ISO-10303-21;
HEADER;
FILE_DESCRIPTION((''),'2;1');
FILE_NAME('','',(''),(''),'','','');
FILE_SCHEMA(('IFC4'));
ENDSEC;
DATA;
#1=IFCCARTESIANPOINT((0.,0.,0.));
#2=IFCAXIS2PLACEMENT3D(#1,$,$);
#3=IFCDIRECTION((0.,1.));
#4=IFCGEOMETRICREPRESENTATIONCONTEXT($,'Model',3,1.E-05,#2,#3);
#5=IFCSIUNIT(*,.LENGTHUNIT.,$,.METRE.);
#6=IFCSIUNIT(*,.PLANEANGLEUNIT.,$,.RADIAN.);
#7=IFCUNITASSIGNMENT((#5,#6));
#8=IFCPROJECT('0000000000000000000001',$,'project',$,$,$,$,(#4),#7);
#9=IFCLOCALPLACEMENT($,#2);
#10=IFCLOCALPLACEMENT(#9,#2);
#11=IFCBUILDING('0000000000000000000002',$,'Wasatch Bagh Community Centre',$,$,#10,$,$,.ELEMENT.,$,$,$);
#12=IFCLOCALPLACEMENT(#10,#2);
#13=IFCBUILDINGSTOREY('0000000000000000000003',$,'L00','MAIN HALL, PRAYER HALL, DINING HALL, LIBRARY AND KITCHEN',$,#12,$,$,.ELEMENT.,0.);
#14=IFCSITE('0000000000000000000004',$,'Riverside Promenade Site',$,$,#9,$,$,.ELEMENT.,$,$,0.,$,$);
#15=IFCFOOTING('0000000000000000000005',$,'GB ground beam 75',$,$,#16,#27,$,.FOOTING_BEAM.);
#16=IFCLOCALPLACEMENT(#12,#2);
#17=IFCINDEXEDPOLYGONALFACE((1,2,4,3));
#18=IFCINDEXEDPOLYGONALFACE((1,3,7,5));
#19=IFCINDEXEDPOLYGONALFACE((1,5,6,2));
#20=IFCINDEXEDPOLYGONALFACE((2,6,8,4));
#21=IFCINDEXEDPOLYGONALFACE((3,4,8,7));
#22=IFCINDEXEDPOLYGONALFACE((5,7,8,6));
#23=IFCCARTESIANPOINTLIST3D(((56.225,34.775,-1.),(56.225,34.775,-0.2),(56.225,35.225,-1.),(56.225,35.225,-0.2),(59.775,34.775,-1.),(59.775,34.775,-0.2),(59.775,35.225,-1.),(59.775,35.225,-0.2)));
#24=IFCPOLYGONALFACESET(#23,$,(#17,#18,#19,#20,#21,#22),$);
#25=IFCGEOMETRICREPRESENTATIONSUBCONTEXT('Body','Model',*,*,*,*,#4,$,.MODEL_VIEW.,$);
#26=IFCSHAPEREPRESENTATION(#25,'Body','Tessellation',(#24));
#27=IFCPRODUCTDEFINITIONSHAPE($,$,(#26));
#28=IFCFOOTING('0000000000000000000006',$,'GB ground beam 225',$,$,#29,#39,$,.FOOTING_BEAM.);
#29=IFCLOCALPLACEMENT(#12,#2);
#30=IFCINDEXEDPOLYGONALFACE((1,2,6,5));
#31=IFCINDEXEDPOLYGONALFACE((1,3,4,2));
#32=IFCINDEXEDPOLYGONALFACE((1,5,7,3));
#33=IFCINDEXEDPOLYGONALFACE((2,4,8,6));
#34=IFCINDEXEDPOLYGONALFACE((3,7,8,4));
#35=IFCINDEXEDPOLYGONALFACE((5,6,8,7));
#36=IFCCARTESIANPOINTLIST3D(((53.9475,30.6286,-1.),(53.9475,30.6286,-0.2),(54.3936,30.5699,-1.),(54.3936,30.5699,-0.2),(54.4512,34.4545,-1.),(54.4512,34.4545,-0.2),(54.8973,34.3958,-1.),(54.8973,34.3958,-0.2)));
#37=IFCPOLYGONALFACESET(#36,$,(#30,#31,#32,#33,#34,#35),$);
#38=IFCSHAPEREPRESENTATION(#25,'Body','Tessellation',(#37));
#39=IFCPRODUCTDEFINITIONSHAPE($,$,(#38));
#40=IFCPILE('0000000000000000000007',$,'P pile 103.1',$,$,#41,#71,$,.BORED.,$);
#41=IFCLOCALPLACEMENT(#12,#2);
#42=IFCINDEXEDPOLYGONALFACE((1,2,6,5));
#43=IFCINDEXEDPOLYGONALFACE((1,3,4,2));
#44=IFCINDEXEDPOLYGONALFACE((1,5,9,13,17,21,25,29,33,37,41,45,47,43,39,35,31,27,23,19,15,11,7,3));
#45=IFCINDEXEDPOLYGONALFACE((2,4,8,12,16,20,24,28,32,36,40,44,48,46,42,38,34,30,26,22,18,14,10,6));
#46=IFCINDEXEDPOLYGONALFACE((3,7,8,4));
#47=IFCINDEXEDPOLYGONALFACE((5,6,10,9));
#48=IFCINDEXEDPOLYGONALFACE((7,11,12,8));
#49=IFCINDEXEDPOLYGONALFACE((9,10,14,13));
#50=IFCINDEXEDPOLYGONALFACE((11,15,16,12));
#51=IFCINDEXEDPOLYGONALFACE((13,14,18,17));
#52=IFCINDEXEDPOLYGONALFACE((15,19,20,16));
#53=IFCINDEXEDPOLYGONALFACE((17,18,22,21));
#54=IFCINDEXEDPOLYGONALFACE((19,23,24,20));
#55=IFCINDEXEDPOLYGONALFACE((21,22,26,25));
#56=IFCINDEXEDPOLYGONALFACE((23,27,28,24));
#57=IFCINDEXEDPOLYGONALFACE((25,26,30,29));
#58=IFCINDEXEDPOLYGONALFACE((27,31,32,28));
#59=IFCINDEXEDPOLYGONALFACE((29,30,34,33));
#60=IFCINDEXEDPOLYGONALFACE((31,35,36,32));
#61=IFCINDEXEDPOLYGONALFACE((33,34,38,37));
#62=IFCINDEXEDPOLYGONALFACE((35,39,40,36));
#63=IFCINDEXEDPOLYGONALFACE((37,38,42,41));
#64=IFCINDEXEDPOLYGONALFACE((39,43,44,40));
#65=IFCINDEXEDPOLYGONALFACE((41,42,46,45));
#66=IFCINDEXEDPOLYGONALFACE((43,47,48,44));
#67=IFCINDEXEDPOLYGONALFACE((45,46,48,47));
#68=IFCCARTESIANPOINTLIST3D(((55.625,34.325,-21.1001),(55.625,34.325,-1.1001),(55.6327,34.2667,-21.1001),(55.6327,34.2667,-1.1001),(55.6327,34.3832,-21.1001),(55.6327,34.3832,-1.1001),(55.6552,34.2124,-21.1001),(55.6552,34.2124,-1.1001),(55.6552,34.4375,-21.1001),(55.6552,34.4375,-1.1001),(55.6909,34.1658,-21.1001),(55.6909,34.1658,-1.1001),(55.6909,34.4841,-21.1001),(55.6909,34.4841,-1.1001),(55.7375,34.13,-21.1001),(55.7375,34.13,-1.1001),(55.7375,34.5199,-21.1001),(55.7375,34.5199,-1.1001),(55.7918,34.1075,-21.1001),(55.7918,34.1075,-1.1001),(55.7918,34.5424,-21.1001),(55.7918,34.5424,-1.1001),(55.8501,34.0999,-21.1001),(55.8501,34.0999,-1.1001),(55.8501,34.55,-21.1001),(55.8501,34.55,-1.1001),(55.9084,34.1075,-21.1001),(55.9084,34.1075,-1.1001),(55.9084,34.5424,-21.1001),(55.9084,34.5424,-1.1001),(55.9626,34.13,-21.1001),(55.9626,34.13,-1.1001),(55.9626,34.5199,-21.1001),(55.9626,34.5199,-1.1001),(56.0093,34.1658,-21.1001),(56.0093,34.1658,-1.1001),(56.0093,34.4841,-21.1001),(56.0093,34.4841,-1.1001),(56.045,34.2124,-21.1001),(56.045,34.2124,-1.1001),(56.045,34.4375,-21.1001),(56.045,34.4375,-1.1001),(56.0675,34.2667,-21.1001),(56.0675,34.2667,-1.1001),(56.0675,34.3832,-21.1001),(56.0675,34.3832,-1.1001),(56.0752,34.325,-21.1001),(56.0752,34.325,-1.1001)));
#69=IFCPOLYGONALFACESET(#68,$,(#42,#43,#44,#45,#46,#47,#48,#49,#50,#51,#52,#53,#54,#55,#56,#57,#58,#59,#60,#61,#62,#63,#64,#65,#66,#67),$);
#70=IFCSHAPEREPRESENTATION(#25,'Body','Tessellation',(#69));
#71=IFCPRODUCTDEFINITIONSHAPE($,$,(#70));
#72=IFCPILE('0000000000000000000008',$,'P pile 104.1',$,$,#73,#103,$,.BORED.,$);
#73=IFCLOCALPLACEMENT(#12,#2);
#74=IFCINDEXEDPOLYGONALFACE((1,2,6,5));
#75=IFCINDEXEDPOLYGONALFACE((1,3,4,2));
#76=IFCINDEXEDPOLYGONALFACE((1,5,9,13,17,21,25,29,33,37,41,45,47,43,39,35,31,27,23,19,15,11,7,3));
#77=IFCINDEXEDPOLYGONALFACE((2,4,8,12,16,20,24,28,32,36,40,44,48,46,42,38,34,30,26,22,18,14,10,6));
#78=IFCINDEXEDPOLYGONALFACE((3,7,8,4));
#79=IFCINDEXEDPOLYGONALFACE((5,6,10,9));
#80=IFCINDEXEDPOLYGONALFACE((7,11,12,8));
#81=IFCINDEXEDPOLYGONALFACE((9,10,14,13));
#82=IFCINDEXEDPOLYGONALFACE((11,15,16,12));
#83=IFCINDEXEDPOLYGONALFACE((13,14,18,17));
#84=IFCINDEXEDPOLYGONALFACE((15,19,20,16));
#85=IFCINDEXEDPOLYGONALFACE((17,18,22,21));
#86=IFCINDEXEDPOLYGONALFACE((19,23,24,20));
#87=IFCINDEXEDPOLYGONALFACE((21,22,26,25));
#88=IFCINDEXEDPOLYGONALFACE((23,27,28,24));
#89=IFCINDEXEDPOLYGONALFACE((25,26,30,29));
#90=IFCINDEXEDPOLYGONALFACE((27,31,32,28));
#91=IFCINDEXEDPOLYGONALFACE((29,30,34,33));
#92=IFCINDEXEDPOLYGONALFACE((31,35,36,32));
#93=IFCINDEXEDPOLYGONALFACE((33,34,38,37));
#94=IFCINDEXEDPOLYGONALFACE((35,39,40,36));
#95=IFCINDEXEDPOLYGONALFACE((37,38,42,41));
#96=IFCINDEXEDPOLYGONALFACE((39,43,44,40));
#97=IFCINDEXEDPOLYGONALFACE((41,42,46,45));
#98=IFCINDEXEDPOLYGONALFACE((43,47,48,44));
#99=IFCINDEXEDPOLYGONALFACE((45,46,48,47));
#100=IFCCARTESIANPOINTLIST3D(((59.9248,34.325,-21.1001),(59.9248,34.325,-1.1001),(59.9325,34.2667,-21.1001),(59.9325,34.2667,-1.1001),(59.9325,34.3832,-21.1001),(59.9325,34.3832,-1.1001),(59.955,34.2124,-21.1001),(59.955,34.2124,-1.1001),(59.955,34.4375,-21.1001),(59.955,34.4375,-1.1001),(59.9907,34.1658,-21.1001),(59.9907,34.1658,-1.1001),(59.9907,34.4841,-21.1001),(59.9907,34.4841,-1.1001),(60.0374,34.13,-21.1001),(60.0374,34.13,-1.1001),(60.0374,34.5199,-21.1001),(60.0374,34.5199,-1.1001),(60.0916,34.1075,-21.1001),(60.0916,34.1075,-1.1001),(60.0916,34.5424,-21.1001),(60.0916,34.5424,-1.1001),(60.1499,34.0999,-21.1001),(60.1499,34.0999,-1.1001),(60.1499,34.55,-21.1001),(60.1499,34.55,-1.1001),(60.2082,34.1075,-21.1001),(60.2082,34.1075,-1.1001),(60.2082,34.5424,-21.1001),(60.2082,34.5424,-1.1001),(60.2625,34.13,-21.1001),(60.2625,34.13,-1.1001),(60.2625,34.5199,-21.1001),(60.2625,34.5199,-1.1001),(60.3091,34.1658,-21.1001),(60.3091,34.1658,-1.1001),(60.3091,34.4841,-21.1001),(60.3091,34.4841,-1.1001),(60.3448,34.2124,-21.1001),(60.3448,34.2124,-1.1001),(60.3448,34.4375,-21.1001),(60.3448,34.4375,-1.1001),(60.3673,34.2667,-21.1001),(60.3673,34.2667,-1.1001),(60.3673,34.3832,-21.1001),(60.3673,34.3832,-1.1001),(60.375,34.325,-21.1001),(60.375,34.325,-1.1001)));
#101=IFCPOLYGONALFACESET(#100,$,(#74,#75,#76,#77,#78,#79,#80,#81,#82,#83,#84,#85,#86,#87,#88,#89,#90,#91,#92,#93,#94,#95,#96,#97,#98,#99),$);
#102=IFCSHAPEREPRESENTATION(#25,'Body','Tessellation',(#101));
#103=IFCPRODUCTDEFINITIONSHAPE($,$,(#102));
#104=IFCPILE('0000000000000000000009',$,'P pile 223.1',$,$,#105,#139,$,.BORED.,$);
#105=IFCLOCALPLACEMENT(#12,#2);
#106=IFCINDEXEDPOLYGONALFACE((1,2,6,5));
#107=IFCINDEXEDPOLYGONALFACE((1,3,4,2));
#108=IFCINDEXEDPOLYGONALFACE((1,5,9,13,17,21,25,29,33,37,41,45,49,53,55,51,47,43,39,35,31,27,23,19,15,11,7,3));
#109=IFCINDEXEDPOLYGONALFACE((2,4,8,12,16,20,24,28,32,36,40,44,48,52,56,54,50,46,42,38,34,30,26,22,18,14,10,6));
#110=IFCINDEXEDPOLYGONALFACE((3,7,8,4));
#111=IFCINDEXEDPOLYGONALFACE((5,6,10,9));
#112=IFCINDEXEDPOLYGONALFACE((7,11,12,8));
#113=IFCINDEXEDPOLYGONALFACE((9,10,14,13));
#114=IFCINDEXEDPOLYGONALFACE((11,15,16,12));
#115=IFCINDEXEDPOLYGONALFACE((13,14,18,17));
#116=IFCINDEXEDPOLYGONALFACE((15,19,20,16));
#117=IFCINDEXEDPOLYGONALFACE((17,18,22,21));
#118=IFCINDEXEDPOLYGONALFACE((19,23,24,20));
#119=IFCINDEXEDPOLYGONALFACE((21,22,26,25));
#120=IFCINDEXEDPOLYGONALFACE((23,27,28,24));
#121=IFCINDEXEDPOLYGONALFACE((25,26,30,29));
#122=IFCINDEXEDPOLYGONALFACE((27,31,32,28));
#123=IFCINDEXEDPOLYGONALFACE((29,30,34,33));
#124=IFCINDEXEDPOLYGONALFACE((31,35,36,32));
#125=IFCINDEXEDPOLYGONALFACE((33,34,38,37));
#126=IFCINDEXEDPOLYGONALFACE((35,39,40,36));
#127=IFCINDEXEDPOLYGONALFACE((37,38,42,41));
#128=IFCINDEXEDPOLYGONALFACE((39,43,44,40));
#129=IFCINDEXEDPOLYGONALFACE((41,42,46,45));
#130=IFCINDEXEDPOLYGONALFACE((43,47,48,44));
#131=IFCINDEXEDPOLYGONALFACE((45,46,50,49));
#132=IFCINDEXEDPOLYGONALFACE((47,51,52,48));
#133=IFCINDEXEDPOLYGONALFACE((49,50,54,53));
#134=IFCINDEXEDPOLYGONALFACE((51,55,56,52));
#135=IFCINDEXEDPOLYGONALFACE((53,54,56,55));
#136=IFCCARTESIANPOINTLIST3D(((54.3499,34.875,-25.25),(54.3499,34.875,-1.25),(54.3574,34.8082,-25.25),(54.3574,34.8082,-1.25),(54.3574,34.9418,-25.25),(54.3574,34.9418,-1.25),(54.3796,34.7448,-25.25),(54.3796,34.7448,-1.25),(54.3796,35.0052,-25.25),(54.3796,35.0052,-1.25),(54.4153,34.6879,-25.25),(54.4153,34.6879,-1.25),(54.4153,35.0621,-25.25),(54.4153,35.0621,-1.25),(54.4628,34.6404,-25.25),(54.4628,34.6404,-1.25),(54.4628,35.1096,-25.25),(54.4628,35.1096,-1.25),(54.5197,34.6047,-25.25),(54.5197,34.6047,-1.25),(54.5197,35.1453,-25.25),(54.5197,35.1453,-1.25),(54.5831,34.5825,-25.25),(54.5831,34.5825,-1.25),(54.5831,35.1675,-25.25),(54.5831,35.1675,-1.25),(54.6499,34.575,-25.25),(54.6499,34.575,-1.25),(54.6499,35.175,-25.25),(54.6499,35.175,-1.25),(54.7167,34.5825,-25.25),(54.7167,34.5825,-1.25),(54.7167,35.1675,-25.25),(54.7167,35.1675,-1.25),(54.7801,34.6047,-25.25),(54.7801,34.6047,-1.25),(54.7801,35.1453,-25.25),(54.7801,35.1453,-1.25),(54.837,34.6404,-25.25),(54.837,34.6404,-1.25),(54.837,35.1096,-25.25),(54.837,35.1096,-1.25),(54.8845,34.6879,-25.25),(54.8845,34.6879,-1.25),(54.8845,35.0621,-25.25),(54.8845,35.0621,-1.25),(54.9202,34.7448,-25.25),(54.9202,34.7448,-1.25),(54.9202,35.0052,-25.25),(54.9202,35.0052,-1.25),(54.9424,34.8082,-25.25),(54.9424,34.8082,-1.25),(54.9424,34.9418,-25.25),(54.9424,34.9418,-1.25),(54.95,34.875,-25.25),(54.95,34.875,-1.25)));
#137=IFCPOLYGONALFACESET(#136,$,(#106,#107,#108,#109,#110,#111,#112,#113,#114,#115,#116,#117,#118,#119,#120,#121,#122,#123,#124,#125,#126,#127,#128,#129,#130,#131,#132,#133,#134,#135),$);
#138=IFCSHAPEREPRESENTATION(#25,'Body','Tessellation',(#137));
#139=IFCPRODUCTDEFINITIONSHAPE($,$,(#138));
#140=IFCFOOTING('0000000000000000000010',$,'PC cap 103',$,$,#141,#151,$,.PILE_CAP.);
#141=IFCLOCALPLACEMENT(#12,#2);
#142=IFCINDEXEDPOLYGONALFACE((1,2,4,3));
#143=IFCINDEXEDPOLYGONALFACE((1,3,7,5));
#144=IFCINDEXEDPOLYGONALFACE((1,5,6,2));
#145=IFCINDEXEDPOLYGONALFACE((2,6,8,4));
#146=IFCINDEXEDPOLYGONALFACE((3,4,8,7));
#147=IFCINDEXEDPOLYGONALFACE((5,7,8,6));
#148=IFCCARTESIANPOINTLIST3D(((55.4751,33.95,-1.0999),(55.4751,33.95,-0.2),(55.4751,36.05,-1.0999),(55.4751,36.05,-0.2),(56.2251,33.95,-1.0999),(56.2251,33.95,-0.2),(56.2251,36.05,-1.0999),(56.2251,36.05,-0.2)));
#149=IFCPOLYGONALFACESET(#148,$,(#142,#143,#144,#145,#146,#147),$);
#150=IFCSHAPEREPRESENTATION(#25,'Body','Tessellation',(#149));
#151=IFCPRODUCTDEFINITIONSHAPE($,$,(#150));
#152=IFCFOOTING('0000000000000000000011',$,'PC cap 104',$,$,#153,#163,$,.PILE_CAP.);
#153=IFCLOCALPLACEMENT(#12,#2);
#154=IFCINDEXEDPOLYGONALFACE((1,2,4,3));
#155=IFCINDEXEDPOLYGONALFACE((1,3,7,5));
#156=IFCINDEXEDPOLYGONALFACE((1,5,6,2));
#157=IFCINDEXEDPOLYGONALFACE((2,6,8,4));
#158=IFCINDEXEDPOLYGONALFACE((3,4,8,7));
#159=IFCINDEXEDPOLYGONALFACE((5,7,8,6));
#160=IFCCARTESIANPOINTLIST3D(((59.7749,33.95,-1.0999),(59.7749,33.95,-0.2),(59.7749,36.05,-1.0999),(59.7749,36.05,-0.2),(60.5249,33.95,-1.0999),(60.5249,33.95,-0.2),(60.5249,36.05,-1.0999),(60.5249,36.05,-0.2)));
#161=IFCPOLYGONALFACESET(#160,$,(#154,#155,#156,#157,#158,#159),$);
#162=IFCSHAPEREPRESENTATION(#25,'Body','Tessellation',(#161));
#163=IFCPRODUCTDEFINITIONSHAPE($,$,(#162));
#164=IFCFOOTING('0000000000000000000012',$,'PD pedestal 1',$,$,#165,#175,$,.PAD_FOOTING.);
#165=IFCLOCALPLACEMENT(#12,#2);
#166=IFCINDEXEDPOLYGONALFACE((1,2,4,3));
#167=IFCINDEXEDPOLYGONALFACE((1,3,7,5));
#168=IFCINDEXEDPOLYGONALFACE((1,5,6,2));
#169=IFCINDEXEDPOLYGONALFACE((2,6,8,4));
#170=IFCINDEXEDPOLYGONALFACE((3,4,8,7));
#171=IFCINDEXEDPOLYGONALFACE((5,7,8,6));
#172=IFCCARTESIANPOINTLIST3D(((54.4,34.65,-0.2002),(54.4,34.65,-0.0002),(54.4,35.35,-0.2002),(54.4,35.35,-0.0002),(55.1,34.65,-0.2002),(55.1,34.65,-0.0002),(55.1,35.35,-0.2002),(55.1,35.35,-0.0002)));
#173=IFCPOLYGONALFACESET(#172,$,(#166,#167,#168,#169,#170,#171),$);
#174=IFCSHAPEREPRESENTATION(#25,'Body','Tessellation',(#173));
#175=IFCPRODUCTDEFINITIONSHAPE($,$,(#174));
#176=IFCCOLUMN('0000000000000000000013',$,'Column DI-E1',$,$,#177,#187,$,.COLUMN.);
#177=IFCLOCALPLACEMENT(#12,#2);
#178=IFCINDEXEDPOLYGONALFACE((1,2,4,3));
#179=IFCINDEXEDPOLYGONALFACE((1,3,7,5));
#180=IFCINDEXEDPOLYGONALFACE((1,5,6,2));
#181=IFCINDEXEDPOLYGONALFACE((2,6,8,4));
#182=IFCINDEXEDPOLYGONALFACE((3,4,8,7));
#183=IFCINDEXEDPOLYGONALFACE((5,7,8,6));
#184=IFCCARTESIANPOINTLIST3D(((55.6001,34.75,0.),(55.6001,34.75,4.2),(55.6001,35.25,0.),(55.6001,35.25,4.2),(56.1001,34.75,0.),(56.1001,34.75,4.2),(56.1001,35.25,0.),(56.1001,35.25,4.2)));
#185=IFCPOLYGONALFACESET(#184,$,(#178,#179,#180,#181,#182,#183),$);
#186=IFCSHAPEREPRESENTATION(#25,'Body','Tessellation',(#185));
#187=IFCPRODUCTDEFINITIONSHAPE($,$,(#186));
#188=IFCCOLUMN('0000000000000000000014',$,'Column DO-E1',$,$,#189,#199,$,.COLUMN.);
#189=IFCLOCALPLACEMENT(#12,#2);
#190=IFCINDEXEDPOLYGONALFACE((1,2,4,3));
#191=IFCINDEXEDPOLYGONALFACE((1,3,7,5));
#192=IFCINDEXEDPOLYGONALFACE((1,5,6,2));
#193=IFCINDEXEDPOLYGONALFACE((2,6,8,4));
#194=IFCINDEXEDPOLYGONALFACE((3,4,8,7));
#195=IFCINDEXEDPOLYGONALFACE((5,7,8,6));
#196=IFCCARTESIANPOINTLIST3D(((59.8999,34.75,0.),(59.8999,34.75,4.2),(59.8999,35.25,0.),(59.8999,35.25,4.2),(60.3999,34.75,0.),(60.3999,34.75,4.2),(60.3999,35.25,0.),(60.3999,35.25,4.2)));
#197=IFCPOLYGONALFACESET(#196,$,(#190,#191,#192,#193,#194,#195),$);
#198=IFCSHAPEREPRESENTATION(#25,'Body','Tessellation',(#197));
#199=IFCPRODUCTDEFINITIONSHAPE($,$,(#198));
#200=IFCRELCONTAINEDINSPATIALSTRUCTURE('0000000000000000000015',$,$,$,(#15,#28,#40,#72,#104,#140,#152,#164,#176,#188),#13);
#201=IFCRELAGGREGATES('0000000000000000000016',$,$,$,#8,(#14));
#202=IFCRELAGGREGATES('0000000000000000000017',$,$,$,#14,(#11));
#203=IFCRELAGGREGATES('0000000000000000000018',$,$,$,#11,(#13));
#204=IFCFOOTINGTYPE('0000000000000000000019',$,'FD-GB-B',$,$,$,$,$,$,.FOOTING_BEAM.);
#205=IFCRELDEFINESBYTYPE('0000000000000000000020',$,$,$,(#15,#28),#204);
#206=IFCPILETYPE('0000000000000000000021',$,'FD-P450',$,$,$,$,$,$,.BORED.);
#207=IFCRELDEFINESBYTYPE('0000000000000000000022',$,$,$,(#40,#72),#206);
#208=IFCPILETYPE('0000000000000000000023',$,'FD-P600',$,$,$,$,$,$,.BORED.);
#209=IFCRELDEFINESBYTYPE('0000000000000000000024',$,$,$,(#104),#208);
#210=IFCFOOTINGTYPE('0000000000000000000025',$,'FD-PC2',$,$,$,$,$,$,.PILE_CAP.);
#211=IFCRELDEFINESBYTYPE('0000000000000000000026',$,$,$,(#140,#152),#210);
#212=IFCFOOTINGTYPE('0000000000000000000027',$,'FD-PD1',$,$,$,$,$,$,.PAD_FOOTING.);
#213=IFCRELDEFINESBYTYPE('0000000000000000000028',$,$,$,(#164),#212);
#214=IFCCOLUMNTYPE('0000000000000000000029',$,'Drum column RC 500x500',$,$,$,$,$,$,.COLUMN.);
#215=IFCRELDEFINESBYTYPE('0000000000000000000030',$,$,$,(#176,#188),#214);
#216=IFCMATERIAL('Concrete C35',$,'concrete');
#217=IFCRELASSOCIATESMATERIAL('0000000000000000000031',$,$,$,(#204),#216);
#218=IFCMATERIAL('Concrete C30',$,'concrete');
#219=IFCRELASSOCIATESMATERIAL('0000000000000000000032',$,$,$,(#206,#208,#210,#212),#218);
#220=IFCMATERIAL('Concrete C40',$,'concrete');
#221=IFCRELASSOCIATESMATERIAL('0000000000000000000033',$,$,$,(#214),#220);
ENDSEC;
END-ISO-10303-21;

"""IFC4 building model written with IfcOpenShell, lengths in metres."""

from ifc_helpers import new_model, si_unit, direction, frame, origin, origin_2d, place, context, subcontext, project, spatial, rectangle, circle, extrude, material, material_profile, profile_set, type_object, element, save


model = new_model("IFC4")

# Units and contexts
model_context = context("Model", 3, precision=1e-05, world=origin(), true_north=direction((0.0, 1.0)))
body_context = subcontext(model_context, "Body", "Model", "MODEL_VIEW")
ifc_project = project(units=[si_unit("LENGTHUNIT", "METRE"), si_unit("PLANEANGLEUNIT", "RADIAN")], contexts=[model_context])

# Site, building, storey
site_placement = place(None, origin())
site = spatial("IfcSite", under=ifc_project, at=site_placement, Name="Riverside Promenade Site", CompositionType="ELEMENT", RefElevation=0.0)
building_placement = place(site_placement, origin())
building = spatial("IfcBuilding", under=site, at=building_placement, Name="Wasatch Bagh Community Centre", CompositionType="ELEMENT")
storey_placement = place(building_placement, origin())
storey = spatial("IfcBuildingStorey", under=building, at=storey_placement, Name="L00", Description="MAIN HALL, PRAYER HALL, DINING HALL, LIBRARY AND KITCHEN", CompositionType="ELEMENT", Elevation=0.0)

# Footings
ifc_material_1 = material(Name="Concrete C35", Category="concrete")
footing_type_1 = type_object("IfcFootingType", Name="FD-GB-B", PredefinedType="FOOTING_BEAM", material=ifc_material_1)
footing_1_placement = place(storey_placement, frame((58.0, 35.0, -1.0), z_axis=(0.0, 0.0, 1.0), x_axis=(1.0, 0.0, 0.0)))
element("IfcFooting", 1, at=footing_1_placement, inside=storey, type_object=footing_type_1, Name="GB ground beam 75", PredefinedType="FOOTING_BEAM", context=body_context, shape_type="SweptSolid", body=[
    extrude(rectangle(XDim=3.55, YDim=0.45, at=origin_2d()), origin(), (0.0, 0.0, 1.0), 0.8),
])
footing_2_placement = place(storey_placement, frame((54.4224, 32.5122, -1.0), z_axis=(0.0, 0.0, 1.0), x_axis=(-0.130526, -0.991445, 0.0)))
element("IfcFooting", 2, at=footing_2_placement, inside=storey, type_object=footing_type_1, Name="GB ground beam 225", PredefinedType="FOOTING_BEAM", context=body_context, shape_type="SweptSolid", body=[
    extrude(rectangle(XDim=3.8589, YDim=0.45, at=origin_2d()), origin(), (0.0, 0.0, 1.0), 0.8),
])

# Piles
ifc_material_2 = material(Name="Concrete C30", Category="concrete")
ifc_material_profile_1 = material_profile(ifc_material_2, circle(Radius=0.2251, at=origin_2d()), Name="RC D450")
ifc_profile_set_1 = profile_set([ifc_material_profile_1], Name="Concrete C30")
pile_type_1 = type_object("IfcPileType", Name="FD-P450", PredefinedType="BORED", material=ifc_profile_set_1)
for number, where, z_axis, x_axis, name in (
    (3, (55.8501, 34.325, -1.1001), (0.0, 0.0, -1.0), (1.0, 0.0, 0.0), "P pile 103.1"),
    (4, (60.1499, 34.325, -1.1001), (0.0, 0.0, -1.0), (1.0, 0.0, 0.0), "P pile 104.1"),
):
    element("IfcPile", number, at=place(storey_placement, frame(where, z_axis=z_axis, x_axis=x_axis)), inside=storey, type_object=pile_type_1, Name=name, PredefinedType="BORED", context=body_context, shape_type="SweptSolid", body=[
        extrude(circle(Radius=0.2251, at=origin_2d()), origin(), (0.0, 0.0, 1.0), 20.0),
    ])
ifc_material_profile_2 = material_profile(ifc_material_2, circle(Radius=0.3, at=origin_2d()), Name="RC D600")
ifc_profile_set_2 = profile_set([ifc_material_profile_2], Name="Concrete C30")
pile_type_2 = type_object("IfcPileType", Name="FD-P600", PredefinedType="BORED", material=ifc_profile_set_2)
pile_placement = place(storey_placement, frame((54.6499, 34.875, -1.25), z_axis=(0.0, 0.0, -1.0), x_axis=(1.0, 0.0, 0.0)))
element("IfcPile", 5, at=pile_placement, inside=storey, type_object=pile_type_2, Name="P pile 223.1", PredefinedType="BORED", context=body_context, shape_type="SweptSolid", body=[
    extrude(circle(Radius=0.3, at=origin_2d()), origin(), (0.0, 0.0, 1.0), 24.0),
])

# Footings
footing_type_2 = type_object("IfcFootingType", Name="FD-PC2", PredefinedType="PILE_CAP", material=ifc_material_2)
for number, where, z_axis, x_axis, name in (
    (6, (55.8501, 35.0, -1.0999), (0.0, 0.0, 1.0), (0.0, 1.0, 0.0), "PC cap 103"),
    (7, (60.1499, 35.0, -1.0999), (0.0, 0.0, 1.0), (0.0, 1.0, 0.0), "PC cap 104"),
):
    element("IfcFooting", number, at=place(storey_placement, frame(where, z_axis=z_axis, x_axis=x_axis)), inside=storey, type_object=footing_type_2, Name=name, PredefinedType="PILE_CAP", context=body_context, shape_type="SweptSolid", body=[
        extrude(rectangle(XDim=2.1001, YDim=0.75, at=origin_2d()), origin(), (0.0, 0.0, 1.0), 0.8999),
    ])
footing_type_3 = type_object("IfcFootingType", Name="FD-PD1", PredefinedType="PAD_FOOTING", material=ifc_material_2)
footing_3_placement = place(storey_placement, frame((54.75, 35.0, -0.2002), z_axis=(0.0, 0.0, 1.0), x_axis=(1.0, 0.0, 0.0)))
element("IfcFooting", 8, at=footing_3_placement, inside=storey, type_object=footing_type_3, Name="PD pedestal 1", PredefinedType="PAD_FOOTING", context=body_context, shape_type="SweptSolid", body=[
    extrude(rectangle(XDim=0.7, YDim=0.7, at=origin_2d()), origin(), (0.0, 0.0, 1.0), 0.2),
])

# Columns
ifc_material_3 = material(Name="Concrete C40", Category="concrete")
ifc_material_profile_3 = material_profile(ifc_material_3, rectangle(XDim=0.5, YDim=0.5, at=origin_2d()), Name="RC 500x500")
ifc_profile_set_3 = profile_set([ifc_material_profile_3], Name="Concrete C40")
column_type_1 = type_object("IfcColumnType", Name="Drum column RC 500x500", PredefinedType="COLUMN", material=ifc_profile_set_3)
for number, where, z_axis, x_axis, name in (
    (9, (55.8501, 35.0, 0.0), (0.0, 0.0, 1.0), (1.0, 0.0, 0.0), "Column DI-E1"),
    (10, (60.1499, 35.0, 0.0), (0.0, 0.0, 1.0), (1.0, 0.0, 0.0), "Column DO-E1"),
):
    element("IfcColumn", number, at=place(storey_placement, frame(where, z_axis=z_axis, x_axis=x_axis)), inside=storey, type_object=column_type_1, Name=name, PredefinedType="COLUMN", context=body_context, shape_type="SweptSolid", body=[
        extrude(rectangle(XDim=0.5, YDim=0.5, at=origin_2d()), origin(), (0.0, 0.0, 1.0), 4.2),
    ])

save(model, "model.ifc")
